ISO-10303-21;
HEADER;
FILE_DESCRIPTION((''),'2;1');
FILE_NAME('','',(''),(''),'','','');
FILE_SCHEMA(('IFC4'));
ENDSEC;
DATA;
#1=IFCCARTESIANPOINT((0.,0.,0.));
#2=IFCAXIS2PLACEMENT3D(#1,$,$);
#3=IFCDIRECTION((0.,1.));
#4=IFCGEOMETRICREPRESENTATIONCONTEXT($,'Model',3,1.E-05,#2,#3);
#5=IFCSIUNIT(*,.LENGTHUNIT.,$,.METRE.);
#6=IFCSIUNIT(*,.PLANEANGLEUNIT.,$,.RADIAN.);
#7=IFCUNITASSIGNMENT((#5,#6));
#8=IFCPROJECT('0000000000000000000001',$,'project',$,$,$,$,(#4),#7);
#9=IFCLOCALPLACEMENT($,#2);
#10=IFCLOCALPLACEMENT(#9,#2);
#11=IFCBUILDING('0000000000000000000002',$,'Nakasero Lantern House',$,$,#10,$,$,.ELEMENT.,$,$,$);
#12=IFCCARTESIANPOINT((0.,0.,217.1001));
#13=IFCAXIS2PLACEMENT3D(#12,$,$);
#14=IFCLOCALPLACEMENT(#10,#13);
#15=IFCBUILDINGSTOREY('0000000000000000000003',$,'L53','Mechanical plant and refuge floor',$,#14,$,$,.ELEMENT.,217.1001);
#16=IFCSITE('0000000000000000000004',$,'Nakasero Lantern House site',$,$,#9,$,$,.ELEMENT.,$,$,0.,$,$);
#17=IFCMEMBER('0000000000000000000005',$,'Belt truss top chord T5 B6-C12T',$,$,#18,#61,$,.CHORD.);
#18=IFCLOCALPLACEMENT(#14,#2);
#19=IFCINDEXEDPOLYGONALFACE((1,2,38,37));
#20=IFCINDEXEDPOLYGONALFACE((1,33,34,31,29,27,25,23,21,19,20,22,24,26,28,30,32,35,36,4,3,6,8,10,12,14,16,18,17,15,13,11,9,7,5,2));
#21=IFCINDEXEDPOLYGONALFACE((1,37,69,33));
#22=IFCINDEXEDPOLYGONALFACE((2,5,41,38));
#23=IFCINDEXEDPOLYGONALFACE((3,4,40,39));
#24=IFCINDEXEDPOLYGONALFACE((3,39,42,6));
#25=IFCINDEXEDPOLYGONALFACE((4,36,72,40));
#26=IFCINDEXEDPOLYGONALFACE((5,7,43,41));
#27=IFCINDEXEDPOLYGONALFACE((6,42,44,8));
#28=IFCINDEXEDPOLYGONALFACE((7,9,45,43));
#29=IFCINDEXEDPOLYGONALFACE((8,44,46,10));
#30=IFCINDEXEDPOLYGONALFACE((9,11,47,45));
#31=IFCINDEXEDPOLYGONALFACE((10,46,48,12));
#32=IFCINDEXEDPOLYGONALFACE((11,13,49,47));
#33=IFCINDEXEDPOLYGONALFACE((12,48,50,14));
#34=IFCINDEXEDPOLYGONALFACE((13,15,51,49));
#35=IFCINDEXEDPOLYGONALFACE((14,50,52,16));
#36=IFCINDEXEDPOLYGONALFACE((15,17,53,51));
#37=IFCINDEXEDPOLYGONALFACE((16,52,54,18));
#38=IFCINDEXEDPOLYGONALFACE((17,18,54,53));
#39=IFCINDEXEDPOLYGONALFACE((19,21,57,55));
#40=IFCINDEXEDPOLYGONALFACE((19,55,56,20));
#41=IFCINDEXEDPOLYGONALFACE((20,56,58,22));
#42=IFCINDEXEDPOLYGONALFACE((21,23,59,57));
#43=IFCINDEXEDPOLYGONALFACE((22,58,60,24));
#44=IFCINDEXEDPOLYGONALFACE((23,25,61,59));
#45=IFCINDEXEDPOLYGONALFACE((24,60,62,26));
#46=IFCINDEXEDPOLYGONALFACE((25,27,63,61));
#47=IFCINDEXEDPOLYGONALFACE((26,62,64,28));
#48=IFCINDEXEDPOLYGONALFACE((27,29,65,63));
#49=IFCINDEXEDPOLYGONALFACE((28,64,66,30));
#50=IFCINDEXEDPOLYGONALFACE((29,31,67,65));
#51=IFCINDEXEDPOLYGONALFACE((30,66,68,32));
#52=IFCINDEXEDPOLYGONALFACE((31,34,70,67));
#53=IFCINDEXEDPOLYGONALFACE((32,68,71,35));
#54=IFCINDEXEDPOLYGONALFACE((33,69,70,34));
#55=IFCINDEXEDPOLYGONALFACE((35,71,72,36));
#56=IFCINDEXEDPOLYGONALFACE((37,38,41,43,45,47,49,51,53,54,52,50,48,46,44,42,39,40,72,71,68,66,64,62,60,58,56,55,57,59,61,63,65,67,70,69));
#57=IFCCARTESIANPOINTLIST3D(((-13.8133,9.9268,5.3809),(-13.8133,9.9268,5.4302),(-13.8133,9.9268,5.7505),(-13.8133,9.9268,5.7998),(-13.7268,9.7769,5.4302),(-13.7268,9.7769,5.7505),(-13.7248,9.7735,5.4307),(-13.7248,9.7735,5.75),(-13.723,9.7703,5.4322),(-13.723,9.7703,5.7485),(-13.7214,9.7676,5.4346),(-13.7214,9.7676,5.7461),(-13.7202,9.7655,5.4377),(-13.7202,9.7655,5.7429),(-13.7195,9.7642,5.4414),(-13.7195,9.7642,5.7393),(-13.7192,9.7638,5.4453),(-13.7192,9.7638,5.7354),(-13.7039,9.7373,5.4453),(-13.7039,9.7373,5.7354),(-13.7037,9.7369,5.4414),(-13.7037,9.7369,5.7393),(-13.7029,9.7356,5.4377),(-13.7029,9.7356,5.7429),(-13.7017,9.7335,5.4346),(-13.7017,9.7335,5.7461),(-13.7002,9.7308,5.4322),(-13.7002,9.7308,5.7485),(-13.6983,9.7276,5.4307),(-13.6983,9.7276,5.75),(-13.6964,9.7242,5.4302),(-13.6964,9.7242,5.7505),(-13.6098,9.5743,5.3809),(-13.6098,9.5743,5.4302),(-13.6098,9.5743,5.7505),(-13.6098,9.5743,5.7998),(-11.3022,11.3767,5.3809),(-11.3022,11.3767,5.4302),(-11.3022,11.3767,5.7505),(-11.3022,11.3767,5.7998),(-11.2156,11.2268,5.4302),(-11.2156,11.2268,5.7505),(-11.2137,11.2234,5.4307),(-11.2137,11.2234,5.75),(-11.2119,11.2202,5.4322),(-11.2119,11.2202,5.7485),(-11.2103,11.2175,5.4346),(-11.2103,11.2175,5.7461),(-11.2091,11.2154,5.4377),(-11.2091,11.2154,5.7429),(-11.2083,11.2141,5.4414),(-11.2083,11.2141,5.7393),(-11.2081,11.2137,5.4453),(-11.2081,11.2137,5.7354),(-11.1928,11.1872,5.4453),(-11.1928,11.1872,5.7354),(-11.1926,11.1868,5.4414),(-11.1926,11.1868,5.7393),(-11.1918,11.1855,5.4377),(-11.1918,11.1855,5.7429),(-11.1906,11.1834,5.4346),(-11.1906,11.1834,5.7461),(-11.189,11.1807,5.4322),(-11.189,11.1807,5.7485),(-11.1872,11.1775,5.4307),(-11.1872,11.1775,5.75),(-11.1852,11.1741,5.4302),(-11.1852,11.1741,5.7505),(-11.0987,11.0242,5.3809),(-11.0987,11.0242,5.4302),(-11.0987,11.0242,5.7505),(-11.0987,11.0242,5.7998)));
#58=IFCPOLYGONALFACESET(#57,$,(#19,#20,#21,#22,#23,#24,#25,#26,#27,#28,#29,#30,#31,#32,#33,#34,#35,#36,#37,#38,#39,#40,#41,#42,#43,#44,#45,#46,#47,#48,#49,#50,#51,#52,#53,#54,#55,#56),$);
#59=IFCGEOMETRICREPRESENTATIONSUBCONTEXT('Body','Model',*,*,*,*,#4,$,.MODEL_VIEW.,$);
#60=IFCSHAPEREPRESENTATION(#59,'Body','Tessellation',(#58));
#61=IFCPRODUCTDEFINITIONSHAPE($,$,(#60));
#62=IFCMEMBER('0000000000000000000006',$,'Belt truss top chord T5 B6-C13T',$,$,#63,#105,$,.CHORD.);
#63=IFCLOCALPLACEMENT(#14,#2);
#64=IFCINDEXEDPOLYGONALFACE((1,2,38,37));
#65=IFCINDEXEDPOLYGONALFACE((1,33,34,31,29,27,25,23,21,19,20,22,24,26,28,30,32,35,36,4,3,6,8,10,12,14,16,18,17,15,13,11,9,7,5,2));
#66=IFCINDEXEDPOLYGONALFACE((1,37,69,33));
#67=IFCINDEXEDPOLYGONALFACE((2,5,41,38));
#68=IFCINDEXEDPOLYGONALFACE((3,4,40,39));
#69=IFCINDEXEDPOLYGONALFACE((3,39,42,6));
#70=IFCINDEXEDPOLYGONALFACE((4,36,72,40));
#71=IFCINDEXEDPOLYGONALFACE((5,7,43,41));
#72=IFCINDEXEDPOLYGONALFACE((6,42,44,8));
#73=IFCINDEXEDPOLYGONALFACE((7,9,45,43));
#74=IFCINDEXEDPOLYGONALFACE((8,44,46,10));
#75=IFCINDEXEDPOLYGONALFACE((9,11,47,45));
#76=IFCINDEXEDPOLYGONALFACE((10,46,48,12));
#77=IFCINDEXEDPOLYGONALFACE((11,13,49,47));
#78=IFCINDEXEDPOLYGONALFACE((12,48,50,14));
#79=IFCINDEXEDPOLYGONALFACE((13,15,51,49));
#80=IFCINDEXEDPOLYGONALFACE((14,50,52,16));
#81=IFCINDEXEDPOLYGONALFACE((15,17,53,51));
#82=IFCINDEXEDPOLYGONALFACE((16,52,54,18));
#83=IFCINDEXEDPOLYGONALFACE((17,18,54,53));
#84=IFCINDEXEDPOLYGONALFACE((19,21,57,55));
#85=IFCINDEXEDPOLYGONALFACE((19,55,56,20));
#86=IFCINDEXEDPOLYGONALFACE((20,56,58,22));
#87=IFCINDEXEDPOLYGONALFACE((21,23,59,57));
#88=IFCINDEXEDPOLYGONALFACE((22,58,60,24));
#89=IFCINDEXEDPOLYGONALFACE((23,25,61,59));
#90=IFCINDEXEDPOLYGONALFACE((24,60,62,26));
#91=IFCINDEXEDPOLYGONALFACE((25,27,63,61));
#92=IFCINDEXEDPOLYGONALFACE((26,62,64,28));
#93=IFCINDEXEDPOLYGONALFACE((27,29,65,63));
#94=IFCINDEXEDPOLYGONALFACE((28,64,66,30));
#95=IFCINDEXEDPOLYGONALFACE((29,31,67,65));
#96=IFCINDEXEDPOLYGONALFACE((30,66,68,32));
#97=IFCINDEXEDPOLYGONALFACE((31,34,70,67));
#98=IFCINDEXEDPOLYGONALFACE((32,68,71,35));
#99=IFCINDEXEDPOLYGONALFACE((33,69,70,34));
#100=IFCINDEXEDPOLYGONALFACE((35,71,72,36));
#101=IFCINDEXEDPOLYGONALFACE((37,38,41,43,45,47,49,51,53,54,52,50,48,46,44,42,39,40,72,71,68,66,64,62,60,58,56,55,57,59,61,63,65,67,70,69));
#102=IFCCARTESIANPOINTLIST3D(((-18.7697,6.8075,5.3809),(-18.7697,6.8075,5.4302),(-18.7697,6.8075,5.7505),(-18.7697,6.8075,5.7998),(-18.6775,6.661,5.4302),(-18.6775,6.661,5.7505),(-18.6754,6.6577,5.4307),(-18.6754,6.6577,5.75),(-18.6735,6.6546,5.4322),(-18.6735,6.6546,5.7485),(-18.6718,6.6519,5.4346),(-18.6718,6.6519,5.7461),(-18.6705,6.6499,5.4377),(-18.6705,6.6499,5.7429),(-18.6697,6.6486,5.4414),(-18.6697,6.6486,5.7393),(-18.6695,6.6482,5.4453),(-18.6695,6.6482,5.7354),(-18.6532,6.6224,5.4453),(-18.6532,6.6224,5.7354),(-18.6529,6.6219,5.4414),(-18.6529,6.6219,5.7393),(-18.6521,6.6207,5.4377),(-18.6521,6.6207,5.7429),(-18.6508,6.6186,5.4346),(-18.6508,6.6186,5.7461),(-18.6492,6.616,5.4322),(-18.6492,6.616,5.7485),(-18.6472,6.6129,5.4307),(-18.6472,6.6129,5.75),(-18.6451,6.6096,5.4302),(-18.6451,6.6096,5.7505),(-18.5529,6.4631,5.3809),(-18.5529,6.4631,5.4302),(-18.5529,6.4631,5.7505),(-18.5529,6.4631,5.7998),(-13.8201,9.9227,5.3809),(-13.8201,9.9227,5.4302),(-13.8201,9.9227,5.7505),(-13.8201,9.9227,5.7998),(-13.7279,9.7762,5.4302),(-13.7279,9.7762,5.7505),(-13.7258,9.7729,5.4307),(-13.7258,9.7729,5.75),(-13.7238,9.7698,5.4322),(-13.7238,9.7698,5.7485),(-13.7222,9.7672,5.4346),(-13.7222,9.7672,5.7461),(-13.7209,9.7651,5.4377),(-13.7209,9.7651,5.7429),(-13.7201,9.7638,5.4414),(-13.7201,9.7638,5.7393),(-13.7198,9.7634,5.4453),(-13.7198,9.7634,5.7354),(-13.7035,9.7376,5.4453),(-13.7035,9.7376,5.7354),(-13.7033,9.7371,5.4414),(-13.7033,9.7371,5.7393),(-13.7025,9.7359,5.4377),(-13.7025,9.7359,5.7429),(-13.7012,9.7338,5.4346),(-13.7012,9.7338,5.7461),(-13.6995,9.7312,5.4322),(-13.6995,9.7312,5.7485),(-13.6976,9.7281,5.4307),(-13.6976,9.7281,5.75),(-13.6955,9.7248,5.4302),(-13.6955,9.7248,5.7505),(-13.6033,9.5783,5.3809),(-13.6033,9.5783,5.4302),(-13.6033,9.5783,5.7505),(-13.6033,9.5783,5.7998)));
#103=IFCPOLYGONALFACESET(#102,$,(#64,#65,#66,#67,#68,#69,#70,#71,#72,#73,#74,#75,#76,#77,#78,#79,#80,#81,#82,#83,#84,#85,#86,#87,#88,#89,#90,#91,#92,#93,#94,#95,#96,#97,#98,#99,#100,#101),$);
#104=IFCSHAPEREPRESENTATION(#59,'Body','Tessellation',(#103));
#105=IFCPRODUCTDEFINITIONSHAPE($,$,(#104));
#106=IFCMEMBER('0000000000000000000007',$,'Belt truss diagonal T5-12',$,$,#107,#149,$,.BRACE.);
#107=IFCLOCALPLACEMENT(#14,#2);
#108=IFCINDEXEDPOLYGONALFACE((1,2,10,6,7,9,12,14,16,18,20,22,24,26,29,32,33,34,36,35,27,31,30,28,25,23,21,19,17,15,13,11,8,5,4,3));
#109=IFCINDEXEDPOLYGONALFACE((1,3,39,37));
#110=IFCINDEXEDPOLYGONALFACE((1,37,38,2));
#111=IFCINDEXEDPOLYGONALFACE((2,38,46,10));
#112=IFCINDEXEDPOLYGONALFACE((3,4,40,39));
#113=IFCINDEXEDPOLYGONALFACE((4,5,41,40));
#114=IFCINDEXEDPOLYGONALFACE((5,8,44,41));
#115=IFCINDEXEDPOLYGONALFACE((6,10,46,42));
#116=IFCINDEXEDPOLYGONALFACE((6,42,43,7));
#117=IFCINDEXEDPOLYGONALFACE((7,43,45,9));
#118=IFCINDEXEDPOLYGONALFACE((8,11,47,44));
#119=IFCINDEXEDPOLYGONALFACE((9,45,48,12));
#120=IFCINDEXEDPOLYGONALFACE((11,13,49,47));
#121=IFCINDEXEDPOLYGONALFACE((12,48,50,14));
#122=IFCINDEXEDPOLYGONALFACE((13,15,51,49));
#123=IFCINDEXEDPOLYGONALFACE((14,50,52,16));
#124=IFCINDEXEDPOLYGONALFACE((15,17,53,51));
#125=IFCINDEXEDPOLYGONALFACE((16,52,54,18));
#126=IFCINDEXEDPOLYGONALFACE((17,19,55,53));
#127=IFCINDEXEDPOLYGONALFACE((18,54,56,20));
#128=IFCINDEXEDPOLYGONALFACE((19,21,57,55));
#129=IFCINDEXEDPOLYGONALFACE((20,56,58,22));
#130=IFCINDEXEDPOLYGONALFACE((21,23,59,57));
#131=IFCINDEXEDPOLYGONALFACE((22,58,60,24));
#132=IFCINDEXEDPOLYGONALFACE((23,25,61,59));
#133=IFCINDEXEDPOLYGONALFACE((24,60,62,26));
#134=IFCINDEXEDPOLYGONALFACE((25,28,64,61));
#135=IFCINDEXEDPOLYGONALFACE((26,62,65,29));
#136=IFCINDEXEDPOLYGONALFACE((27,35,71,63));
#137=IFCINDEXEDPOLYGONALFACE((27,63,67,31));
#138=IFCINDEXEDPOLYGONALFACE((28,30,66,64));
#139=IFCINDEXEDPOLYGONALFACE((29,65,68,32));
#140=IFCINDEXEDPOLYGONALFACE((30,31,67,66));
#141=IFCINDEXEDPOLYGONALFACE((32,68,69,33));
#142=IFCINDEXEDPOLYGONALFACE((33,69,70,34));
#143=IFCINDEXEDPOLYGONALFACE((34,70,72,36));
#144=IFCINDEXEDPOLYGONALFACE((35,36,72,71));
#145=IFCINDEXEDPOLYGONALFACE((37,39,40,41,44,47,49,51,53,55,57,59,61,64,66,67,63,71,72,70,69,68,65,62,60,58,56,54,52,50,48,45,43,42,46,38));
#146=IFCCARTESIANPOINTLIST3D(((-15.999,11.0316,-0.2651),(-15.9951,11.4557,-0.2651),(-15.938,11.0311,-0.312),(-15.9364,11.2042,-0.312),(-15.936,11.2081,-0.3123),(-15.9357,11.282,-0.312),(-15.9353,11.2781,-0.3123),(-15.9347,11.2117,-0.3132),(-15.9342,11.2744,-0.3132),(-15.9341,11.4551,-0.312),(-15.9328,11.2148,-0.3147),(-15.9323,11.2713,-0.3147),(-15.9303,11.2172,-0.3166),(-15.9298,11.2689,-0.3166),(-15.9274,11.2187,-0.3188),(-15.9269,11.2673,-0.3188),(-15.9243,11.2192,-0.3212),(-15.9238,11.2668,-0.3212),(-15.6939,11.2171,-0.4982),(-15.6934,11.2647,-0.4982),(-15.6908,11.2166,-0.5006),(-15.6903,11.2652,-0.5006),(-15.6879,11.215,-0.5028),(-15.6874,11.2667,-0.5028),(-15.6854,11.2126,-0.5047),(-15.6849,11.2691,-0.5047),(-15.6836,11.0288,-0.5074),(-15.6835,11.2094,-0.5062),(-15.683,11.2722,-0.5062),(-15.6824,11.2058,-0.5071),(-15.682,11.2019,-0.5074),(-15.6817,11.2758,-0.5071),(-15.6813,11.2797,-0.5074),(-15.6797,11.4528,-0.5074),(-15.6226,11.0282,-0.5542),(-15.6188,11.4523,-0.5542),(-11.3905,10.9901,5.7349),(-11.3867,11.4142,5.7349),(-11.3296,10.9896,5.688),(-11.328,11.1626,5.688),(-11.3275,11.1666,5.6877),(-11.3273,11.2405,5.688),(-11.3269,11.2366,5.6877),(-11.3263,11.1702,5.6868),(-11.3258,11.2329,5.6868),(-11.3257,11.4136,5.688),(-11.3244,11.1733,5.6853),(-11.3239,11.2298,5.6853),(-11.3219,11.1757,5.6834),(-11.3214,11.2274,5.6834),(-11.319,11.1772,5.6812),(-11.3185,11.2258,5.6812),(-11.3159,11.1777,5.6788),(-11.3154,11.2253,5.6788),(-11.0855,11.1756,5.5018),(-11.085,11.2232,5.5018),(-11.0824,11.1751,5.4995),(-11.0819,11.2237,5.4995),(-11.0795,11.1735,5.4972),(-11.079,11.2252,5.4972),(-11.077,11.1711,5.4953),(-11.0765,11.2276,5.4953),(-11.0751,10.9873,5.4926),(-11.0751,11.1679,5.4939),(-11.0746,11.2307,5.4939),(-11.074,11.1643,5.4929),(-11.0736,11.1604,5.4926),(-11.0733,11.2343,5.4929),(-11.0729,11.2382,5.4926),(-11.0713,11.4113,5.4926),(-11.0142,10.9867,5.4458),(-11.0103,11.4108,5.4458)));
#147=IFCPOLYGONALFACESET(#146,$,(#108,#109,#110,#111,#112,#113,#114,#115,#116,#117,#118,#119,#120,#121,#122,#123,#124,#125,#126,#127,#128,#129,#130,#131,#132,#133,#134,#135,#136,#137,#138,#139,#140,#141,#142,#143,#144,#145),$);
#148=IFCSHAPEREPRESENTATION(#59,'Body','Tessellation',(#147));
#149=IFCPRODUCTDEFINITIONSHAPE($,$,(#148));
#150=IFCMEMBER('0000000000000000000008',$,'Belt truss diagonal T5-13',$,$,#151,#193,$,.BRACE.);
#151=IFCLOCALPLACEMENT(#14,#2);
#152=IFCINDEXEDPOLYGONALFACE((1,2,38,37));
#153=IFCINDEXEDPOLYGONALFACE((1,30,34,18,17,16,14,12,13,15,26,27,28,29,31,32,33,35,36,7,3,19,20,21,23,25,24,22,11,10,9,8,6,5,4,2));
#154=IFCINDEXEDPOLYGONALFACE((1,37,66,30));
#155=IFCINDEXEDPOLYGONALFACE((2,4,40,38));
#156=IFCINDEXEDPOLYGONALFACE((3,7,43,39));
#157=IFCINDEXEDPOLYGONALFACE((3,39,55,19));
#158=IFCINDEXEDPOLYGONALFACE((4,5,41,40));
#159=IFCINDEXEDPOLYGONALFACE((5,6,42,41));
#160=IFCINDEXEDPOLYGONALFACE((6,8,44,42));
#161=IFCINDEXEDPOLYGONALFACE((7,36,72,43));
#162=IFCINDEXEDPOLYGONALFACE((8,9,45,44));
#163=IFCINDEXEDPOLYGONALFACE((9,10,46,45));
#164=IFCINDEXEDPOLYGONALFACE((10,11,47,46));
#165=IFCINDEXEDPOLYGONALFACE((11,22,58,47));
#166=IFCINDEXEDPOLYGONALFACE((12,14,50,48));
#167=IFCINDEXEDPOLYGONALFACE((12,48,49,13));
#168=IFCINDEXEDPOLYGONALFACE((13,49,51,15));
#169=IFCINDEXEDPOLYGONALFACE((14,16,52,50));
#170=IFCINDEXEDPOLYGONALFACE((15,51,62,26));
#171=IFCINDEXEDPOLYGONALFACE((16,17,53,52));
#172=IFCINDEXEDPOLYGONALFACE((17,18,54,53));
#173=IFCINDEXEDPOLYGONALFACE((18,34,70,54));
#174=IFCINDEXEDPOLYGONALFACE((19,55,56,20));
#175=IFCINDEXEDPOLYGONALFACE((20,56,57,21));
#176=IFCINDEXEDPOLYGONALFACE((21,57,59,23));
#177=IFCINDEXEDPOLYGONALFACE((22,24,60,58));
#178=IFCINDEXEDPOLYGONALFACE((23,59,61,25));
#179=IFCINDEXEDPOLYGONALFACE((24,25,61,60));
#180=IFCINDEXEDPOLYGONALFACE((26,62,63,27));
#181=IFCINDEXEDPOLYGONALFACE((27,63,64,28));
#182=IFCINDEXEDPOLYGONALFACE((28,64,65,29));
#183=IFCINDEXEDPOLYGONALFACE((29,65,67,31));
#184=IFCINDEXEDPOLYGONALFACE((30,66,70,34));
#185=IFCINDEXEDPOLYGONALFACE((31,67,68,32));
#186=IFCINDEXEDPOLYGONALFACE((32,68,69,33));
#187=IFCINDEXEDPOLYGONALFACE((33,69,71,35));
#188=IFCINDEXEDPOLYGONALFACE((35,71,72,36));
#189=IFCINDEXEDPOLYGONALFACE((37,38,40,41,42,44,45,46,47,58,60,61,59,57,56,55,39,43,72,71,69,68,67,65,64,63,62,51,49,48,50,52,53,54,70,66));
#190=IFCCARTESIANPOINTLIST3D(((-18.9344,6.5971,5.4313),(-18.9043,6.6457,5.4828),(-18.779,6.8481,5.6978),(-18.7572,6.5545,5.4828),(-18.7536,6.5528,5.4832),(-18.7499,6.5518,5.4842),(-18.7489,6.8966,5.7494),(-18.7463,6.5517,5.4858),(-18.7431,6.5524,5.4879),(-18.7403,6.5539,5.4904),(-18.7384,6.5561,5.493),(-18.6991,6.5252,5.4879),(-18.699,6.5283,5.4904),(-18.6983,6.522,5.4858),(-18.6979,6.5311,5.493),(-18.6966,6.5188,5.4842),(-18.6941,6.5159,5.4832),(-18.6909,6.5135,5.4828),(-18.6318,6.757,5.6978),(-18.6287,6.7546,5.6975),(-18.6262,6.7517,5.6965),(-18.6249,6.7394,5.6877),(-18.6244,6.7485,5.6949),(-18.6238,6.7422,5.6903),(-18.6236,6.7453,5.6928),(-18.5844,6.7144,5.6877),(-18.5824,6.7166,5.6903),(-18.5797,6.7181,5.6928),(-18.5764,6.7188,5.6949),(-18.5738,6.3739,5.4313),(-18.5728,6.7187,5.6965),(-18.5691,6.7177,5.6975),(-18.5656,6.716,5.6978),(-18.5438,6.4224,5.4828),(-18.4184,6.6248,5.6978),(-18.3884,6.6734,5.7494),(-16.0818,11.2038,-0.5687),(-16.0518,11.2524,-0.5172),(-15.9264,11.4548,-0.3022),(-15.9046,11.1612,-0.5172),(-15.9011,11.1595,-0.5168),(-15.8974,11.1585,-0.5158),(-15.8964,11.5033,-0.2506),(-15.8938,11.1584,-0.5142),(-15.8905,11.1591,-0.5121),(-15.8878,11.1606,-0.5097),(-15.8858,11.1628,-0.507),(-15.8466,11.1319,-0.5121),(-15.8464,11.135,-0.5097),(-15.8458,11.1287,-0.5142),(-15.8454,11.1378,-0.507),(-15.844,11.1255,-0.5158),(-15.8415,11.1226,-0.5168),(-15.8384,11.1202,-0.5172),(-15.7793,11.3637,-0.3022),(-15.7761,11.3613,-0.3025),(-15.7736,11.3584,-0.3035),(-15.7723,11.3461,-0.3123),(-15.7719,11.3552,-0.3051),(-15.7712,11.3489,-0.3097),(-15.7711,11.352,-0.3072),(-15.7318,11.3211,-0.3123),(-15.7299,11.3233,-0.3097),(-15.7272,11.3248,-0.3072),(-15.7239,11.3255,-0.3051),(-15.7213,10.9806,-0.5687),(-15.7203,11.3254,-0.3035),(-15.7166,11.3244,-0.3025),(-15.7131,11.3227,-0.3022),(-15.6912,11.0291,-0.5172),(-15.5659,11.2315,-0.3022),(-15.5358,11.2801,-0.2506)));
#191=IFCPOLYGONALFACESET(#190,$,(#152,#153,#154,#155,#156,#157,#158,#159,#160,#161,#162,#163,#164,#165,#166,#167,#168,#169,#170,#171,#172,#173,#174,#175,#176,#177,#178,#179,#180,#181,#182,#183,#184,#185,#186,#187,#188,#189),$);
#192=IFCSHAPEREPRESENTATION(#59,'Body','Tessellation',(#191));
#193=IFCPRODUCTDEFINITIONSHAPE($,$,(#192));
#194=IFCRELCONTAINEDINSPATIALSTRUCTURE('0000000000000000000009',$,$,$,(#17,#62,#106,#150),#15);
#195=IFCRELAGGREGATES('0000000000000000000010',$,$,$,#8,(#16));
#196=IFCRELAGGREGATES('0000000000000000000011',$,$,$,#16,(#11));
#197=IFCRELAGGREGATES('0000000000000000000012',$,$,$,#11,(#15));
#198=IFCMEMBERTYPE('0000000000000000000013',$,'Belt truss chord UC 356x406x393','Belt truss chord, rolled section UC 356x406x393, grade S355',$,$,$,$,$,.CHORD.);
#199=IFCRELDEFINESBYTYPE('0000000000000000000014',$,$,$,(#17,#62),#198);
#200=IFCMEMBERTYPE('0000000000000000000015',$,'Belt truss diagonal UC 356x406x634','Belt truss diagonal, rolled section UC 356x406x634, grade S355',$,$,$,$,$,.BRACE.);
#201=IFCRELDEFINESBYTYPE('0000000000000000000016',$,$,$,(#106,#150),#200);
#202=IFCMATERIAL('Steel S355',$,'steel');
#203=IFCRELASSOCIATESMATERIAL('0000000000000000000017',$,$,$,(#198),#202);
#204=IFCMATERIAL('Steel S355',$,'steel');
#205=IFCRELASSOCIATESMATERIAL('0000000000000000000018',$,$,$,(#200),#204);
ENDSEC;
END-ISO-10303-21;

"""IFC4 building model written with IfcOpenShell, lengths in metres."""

from ifc_helpers import new_model, si_unit, direction, frame, origin, origin_2d, place, context, subcontext, project, spatial, i_section, extrude, material, material_profile, profile_set, type_object, element, save


model = new_model("IFC4")

# Units and contexts
model_context = context("Model", 3, precision=1e-05, world=origin(), true_north=direction((0.0, 1.0)))
body_context = subcontext(model_context, "Body", "Model", "MODEL_VIEW")
ifc_project = project(units=[si_unit("LENGTHUNIT", "METRE"), si_unit("PLANEANGLEUNIT", "RADIAN")], contexts=[model_context])

# Site, building, storey
site_placement = place(None, origin())
site = spatial("IfcSite", under=ifc_project, at=site_placement, Name="Nakasero Lantern House site", CompositionType="ELEMENT", RefElevation=0.0)
building_placement = place(site_placement, origin())
building = spatial("IfcBuilding", under=site, at=building_placement, Name="Nakasero Lantern House", CompositionType="ELEMENT")
storey_placement = place(building_placement, frame((0.0, 0.0, 217.1001)))
storey = spatial("IfcBuildingStorey", under=building, at=storey_placement, Name="L53", Description="Mechanical plant and refuge floor", CompositionType="ELEMENT", Elevation=217.1001)

# Members
ifc_material_1 = material(Name="Steel S355", Category="steel")
ifc_material_profile_1 = material_profile(ifc_material_1, i_section(OverallWidth=0.407, OverallDepth=0.4189, WebThickness=0.0305, FlangeThickness=0.0493, FilletRadius=0.0151, at=origin_2d()), Name="UC 356x406x393")
ifc_profile_set_1 = profile_set([ifc_material_profile_1], Name="Steel S355")
member_type_1 = type_object("IfcMemberType", Name="Belt truss chord UC 356x406x393", Description="Belt truss chord, rolled section UC 356x406x393, grade S355", PredefinedType="CHORD", material=ifc_profile_set_1)
member_1_placement = place(storey_placement, frame((-11.2004, 11.2004, 5.5903), z_axis=(-0.866012, -0.500024, 0.0), x_axis=(0.500024, -0.866012, 0.0)))
element("IfcMember", 1, at=member_1_placement, inside=storey, type_object=member_type_1, Name="Belt truss top chord T5 B6-C12T", PredefinedType="CHORD", context=body_context, shape_type="SweptSolid", body=[
    extrude(i_section(OverallWidth=0.407, OverallDepth=0.4189, WebThickness=0.0305, FlangeThickness=0.0493, FilletRadius=0.0151, at=origin_2d()), origin(), (0.0, 0.0, 1.0), 2.8997),
])
member_2_placement = place(storey_placement, frame((-13.7117, 9.7505, 5.5903), z_axis=(-0.846329, -0.53266, 0.0), x_axis=(0.53266, -0.846329, 0.0)))
element("IfcMember", 2, at=member_2_placement, inside=storey, type_object=member_type_1, Name="Belt truss top chord T5 B6-C13T", PredefinedType="CHORD", context=body_context, shape_type="SweptSolid", body=[
    extrude(i_section(OverallWidth=0.407, OverallDepth=0.4189, WebThickness=0.0305, FlangeThickness=0.0493, FilletRadius=0.0151, at=origin_2d()), origin(), (0.0, 0.0, 1.0), 5.8484),
])
ifc_material_2 = material(Name="Steel S355", Category="steel")
ifc_material_profile_2 = material_profile(ifc_material_2, i_section(OverallWidth=0.4241, OverallDepth=0.4746, WebThickness=0.0476, FlangeThickness=0.0769, FilletRadius=0.0151, at=origin_2d()), Name="UC 356x406x634")
ifc_profile_set_2 = profile_set([ifc_material_profile_2], Name="Steel S355")
member_type_2 = type_object("IfcMemberType", Name="Belt truss diagonal UC 356x406x634", Description="Belt truss diagonal, rolled section UC 356x406x634, grade S355", PredefinedType="BRACE", material=ifc_profile_set_2)
member_3_placement = place(storey_placement, frame((-11.2004, 11.2004, 5.5903), z_axis=(-0.609121, 0.005486, -0.793058), x_axis=(-0.009006, -0.999959, 0.0)))
element("IfcMember", 3, at=member_3_placement, inside=storey, type_object=member_type_2, Name="Belt truss diagonal T5-12", PredefinedType="BRACE", context=body_context, shape_type="SweptSolid", body=[
    extrude(i_section(OverallWidth=0.4241, OverallDepth=0.4746, WebThickness=0.0476, FlangeThickness=0.0769, FilletRadius=0.0151, at=origin_2d()), origin(), (0.0, 0.0, 1.0), 7.5657),
])
member_4_placement = place(storey_placement, frame((-15.8088, 11.2419, -0.4097), z_axis=(-0.352842, -0.56982, 0.742164), x_axis=(0.850201, -0.526459, 0.0)))
element("IfcMember", 4, at=member_4_placement, inside=storey, type_object=member_type_2, Name="Belt truss diagonal T5-13", PredefinedType="BRACE", context=body_context, shape_type="SweptSolid", body=[
    extrude(i_section(OverallWidth=0.4241, OverallDepth=0.4746, WebThickness=0.0476, FlangeThickness=0.0769, FilletRadius=0.0151, at=origin_2d()), origin(), (0.0, 0.0, 1.0), 8.0845),
])

save(model, "model.ifc")
